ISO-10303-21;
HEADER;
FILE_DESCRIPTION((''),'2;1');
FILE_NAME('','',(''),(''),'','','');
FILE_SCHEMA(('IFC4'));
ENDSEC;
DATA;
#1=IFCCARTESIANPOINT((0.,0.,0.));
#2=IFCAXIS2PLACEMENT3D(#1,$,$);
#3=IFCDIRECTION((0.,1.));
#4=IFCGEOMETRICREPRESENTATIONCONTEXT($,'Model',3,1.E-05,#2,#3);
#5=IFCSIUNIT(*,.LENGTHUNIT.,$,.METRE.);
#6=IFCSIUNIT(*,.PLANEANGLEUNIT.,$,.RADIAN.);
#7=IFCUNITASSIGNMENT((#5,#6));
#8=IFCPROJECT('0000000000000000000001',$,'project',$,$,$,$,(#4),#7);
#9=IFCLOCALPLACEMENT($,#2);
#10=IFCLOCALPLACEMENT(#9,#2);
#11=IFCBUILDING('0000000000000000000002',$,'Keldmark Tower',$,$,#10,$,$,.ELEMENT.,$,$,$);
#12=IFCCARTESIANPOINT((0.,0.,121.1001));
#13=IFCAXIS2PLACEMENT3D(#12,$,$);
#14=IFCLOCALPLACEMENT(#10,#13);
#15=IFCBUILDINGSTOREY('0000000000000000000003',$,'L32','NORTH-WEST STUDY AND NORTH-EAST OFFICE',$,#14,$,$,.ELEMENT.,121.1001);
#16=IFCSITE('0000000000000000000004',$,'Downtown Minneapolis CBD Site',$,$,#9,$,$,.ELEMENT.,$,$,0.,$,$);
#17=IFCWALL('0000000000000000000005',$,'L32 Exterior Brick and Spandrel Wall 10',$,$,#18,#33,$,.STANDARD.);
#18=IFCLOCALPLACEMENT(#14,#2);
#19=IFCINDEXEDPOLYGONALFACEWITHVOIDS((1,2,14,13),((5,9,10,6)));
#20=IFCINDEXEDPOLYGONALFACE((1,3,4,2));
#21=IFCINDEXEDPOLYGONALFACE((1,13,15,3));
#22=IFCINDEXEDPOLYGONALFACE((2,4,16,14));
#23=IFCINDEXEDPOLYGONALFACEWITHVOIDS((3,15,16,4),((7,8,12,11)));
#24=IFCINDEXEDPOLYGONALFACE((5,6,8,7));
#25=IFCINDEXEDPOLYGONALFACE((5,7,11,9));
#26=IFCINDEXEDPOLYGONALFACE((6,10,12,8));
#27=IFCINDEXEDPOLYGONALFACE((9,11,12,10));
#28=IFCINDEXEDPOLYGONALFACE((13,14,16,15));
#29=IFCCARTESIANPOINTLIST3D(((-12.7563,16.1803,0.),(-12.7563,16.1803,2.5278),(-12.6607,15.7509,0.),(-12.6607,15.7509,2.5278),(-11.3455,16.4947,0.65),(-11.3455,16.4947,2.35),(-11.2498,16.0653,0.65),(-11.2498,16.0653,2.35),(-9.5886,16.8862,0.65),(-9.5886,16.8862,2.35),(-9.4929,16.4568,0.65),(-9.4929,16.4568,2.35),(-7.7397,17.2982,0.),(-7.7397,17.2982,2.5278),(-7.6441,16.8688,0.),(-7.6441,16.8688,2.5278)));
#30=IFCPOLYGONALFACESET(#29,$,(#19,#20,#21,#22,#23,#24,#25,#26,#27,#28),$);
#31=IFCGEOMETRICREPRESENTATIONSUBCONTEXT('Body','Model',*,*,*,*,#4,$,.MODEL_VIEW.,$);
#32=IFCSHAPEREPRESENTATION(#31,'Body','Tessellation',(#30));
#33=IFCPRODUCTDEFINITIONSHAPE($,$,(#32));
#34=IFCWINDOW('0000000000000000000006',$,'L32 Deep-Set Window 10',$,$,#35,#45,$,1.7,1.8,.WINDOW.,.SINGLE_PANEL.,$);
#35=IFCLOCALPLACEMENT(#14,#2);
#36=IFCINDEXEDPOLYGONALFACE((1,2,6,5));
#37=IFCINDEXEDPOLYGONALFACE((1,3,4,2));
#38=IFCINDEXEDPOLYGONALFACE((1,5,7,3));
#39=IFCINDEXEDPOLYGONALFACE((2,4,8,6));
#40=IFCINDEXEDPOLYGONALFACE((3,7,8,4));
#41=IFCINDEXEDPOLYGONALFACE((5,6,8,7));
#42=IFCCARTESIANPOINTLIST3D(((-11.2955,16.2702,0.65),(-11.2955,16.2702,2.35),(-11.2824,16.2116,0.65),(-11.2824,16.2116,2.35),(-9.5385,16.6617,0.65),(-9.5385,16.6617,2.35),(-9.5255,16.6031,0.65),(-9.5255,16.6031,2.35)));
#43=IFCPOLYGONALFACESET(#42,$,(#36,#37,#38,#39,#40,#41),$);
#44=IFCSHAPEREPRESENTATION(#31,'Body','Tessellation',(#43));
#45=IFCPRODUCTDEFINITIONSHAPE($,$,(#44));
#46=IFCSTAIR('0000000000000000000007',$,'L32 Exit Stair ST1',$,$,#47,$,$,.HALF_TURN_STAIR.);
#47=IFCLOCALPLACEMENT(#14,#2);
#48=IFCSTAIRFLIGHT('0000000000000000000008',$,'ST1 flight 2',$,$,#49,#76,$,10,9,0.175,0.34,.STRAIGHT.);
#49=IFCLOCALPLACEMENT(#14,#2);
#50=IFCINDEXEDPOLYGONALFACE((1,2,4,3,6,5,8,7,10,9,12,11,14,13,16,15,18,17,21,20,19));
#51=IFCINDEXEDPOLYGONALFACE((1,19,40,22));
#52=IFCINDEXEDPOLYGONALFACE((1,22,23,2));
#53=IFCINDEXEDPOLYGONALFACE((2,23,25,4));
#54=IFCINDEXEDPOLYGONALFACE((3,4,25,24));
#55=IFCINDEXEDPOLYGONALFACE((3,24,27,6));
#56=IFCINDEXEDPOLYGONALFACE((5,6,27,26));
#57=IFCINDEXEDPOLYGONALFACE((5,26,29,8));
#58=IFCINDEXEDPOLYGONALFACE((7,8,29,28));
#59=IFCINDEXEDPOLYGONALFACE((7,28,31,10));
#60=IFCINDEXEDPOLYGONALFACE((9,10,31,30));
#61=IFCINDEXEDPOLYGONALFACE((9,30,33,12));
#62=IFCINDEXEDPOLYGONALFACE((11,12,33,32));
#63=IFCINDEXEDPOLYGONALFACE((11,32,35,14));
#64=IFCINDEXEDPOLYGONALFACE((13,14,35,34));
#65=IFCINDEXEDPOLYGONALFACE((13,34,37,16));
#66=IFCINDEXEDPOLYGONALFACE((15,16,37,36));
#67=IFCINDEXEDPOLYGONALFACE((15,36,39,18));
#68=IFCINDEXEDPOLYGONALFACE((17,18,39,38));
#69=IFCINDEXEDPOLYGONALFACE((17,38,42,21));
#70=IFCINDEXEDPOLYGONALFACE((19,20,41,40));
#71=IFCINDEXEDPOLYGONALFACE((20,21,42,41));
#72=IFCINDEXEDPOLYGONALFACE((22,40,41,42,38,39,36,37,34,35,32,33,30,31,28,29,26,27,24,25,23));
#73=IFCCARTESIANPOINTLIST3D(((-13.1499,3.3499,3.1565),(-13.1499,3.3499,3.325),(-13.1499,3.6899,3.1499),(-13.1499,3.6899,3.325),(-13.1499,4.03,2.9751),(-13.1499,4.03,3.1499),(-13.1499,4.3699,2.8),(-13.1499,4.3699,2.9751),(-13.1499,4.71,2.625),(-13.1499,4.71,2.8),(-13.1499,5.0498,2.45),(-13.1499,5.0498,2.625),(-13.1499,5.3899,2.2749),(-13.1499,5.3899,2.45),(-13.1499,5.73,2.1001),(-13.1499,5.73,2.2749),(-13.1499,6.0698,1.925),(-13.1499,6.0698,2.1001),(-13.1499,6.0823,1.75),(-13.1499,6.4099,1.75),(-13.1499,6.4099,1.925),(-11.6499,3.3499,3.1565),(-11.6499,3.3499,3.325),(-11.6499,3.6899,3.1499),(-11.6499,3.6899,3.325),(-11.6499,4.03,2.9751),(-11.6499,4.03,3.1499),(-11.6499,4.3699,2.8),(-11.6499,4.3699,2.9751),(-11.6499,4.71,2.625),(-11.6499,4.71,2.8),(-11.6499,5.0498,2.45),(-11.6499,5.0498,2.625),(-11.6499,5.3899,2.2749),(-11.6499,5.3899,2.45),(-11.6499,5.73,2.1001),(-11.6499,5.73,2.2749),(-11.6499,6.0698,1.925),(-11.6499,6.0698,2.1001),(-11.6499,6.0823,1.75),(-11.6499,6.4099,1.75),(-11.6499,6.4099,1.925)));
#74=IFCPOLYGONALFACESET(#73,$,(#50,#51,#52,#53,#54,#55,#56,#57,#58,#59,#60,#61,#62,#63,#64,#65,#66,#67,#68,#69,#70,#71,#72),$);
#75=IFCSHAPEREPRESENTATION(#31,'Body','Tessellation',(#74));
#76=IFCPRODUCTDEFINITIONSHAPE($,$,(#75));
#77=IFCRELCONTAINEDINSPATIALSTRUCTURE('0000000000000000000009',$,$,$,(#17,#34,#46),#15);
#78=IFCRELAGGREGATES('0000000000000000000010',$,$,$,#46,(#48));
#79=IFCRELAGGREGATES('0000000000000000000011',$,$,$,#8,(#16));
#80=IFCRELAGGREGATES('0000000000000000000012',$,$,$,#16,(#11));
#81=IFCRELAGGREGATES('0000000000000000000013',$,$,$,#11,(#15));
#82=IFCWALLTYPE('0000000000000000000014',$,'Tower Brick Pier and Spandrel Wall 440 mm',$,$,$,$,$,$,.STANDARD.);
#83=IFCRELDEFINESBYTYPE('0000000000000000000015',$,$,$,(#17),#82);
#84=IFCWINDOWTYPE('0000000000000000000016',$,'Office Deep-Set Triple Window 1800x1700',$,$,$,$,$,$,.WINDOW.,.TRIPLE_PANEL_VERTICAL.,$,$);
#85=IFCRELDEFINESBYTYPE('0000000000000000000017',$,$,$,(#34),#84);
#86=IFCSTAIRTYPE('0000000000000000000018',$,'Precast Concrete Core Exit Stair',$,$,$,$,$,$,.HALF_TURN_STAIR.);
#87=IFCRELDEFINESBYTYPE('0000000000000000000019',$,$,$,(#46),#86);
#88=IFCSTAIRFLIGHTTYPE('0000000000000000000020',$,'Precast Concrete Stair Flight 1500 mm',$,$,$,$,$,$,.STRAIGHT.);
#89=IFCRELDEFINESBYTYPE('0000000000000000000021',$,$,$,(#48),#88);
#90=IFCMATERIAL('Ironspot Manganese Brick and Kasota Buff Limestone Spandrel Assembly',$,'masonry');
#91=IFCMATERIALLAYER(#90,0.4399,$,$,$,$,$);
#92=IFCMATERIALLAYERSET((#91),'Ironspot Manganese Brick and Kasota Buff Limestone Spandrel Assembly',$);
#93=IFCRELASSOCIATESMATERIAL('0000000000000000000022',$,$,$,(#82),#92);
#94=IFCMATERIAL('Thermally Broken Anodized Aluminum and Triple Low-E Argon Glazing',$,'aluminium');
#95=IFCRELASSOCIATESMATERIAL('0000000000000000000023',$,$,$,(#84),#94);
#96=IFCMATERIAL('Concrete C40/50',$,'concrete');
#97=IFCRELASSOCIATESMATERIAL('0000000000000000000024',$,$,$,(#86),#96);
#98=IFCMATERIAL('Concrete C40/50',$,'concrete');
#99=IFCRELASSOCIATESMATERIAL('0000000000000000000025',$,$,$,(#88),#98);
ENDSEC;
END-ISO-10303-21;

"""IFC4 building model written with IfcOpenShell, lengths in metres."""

from ifc_helpers import new_model, si_unit, direction, frame, frame_2d, origin, place, context, subcontext, project, spatial, polyline, rectangle, outline, extrude, material, layer, layer_set, type_object, element, fill, aggregate, save


model = new_model("IFC4")

# Units and contexts
model_context = context("Model", 3, precision=1e-05, world=origin(), true_north=direction((0.0, 1.0)))
body_context = subcontext(model_context, "Body", "Model", "MODEL_VIEW")
ifc_project = project(units=[si_unit("LENGTHUNIT", "METRE"), si_unit("PLANEANGLEUNIT", "RADIAN")], contexts=[model_context])

# Site, building, storey
site_placement = place(None, origin())
site = spatial("IfcSite", under=ifc_project, at=site_placement, Name="Downtown Minneapolis CBD Site", CompositionType="ELEMENT", RefElevation=0.0)
building_placement = place(site_placement, origin())
building = spatial("IfcBuilding", under=site, at=building_placement, Name="Keldmark Tower", CompositionType="ELEMENT")
storey_placement = place(building_placement, frame((0.0, 0.0, 121.1001)))
storey = spatial("IfcBuildingStorey", under=building, at=storey_placement, Name="L32", Description="NORTH-WEST STUDY AND NORTH-EAST OFFICE", CompositionType="ELEMENT", Elevation=121.1001)

# Wall, opening, window
ifc_material_1 = material(Name="Ironspot Manganese Brick and Kasota Buff Limestone Spandrel Assembly", Category="masonry")
ifc_layer_1 = layer(ifc_material_1, 0.4399)
ifc_layer_set_1 = layer_set([ifc_layer_1], Name="Ironspot Manganese Brick and Kasota Buff Limestone Spandrel Assembly")
wall_type_1 = type_object("IfcWallType", Name="Tower Brick Pier and Spandrel Wall 440 mm", PredefinedType="STANDARD", material=ifc_layer_set_1)
wall_1_placement = place(storey_placement, frame((-12.7085, 15.9656, 0.0), z_axis=(0.0, 0.0, 1.0), x_axis=(0.976058, 0.217509, 0.0)))
wall_1 = element("IfcWall", 1, at=wall_1_placement, inside=storey, type_object=wall_type_1, Name="L32 Exterior Brick and Spandrel Wall 10", PredefinedType="STANDARD", context=body_context, shape_type="SweptSolid", body=[
    extrude(rectangle(XDim=5.1396, YDim=0.4399, at=frame_2d((2.5698, 0.0))), origin(), (0.0, 0.0, 1.0), 2.5278),
])
opening_1_placement = place(wall_1_placement, frame((1.4456, 0.0, 0.6499)))
opening_1 = element("IfcOpeningElement", 2, at=opening_1_placement, cuts=wall_1, PredefinedType="OPENING", context=body_context, shape_type="SweptSolid", body=[
    extrude(rectangle(XDim=1.8, YDim=1.7, at=frame_2d((0.8999, 0.8501))), frame((0.0, 0.23, 0.0), z_axis=(0.0, -1.0, 0.0), x_axis=(1.0, 0.0, 0.0)), (0.0, 0.0, 1.0), 0.46),
])
ifc_material_2 = material(Name="Thermally Broken Anodized Aluminum and Triple Low-E Argon Glazing", Category="aluminium")
window_type = type_object("IfcWindowType", Name="Office Deep-Set Triple Window 1800x1700", PartitioningType="TRIPLE_PANEL_VERTICAL", PredefinedType="WINDOW", material=ifc_material_2)
window_placement = place(opening_1_placement, origin())
window = element("IfcWindow", 3, at=window_placement, inside=storey, type_object=window_type, Name="L32 Deep-Set Window 10", OverallHeight=1.7, OverallWidth=1.8, PartitioningType="SINGLE_PANEL", PredefinedType="WINDOW", context=body_context, shape_type="SweptSolid", body=[
    extrude(rectangle(XDim=1.8, YDim=1.7, at=frame_2d((0.8999, 0.8501))), frame((0.0, -0.01, 0.0), z_axis=(0.0, -1.0, 0.0), x_axis=(1.0, 0.0, 0.0)), (0.0, 0.0, 1.0), 0.0601),
])
fill(opening_1, window)

# Stair, stair flight
ifc_material_3 = material(Name="Concrete C40/50", Category="concrete")
stair_type = type_object("IfcStairType", Name="Precast Concrete Core Exit Stair", PredefinedType="HALF_TURN_STAIR", material=ifc_material_3)
stair_placement = place(storey_placement, origin())
stair = element("IfcStair", 4, at=stair_placement, inside=storey, type_object=stair_type, Name="L32 Exit Stair ST1", PredefinedType="HALF_TURN_STAIR")
ifc_material_4 = material(Name="Concrete C40/50", Category="concrete")
stair_flight_type = type_object("IfcStairFlightType", Name="Precast Concrete Stair Flight 1500 mm", PredefinedType="STRAIGHT", material=ifc_material_4)
stair_flight_placement = place(storey_placement, frame((-12.3999, 6.4099, 1.75), z_axis=(0.0, 0.0, 1.0), x_axis=(0.0, -1.0, 0.0)))
stair_flight = element("IfcStairFlight", 5, at=stair_flight_placement, type_object=stair_flight_type, Name="ST1 flight 2", NumberOfRisers=10, NumberOfTreads=9, PredefinedType="STRAIGHT", RiserHeight=0.175, TreadLength=0.34, context=body_context, shape_type="SweptSolid", body=[
    extrude(outline(polyline([(0.0, 0.0), (0.0, 0.175), (0.3401, 0.175), (0.3401, 0.3501), (0.6799, 0.3501), (0.6799, 0.5249), (1.02, 0.5249), (1.02, 0.7), (1.3601, 0.7), (1.3601, 0.875), (1.7, 0.875), (1.7, 1.05), (2.04, 1.05), (2.04, 1.2251), (2.3799, 1.2251), (2.3799, 1.3999), (2.72, 1.3999), (2.72, 1.575), (3.0601, 1.575), (3.0601, 1.75), (3.0601, 1.4065), (0.3276, 0.0), (0.0, 0.0)])), frame((0.0, 0.75, 0.0), z_axis=(0.0, -1.0, 0.0), x_axis=(1.0, 0.0, 0.0)), (0.0, 0.0, 1.0), 1.5),
])
aggregate(stair, [stair_flight])

save(model, "model.ifc")
